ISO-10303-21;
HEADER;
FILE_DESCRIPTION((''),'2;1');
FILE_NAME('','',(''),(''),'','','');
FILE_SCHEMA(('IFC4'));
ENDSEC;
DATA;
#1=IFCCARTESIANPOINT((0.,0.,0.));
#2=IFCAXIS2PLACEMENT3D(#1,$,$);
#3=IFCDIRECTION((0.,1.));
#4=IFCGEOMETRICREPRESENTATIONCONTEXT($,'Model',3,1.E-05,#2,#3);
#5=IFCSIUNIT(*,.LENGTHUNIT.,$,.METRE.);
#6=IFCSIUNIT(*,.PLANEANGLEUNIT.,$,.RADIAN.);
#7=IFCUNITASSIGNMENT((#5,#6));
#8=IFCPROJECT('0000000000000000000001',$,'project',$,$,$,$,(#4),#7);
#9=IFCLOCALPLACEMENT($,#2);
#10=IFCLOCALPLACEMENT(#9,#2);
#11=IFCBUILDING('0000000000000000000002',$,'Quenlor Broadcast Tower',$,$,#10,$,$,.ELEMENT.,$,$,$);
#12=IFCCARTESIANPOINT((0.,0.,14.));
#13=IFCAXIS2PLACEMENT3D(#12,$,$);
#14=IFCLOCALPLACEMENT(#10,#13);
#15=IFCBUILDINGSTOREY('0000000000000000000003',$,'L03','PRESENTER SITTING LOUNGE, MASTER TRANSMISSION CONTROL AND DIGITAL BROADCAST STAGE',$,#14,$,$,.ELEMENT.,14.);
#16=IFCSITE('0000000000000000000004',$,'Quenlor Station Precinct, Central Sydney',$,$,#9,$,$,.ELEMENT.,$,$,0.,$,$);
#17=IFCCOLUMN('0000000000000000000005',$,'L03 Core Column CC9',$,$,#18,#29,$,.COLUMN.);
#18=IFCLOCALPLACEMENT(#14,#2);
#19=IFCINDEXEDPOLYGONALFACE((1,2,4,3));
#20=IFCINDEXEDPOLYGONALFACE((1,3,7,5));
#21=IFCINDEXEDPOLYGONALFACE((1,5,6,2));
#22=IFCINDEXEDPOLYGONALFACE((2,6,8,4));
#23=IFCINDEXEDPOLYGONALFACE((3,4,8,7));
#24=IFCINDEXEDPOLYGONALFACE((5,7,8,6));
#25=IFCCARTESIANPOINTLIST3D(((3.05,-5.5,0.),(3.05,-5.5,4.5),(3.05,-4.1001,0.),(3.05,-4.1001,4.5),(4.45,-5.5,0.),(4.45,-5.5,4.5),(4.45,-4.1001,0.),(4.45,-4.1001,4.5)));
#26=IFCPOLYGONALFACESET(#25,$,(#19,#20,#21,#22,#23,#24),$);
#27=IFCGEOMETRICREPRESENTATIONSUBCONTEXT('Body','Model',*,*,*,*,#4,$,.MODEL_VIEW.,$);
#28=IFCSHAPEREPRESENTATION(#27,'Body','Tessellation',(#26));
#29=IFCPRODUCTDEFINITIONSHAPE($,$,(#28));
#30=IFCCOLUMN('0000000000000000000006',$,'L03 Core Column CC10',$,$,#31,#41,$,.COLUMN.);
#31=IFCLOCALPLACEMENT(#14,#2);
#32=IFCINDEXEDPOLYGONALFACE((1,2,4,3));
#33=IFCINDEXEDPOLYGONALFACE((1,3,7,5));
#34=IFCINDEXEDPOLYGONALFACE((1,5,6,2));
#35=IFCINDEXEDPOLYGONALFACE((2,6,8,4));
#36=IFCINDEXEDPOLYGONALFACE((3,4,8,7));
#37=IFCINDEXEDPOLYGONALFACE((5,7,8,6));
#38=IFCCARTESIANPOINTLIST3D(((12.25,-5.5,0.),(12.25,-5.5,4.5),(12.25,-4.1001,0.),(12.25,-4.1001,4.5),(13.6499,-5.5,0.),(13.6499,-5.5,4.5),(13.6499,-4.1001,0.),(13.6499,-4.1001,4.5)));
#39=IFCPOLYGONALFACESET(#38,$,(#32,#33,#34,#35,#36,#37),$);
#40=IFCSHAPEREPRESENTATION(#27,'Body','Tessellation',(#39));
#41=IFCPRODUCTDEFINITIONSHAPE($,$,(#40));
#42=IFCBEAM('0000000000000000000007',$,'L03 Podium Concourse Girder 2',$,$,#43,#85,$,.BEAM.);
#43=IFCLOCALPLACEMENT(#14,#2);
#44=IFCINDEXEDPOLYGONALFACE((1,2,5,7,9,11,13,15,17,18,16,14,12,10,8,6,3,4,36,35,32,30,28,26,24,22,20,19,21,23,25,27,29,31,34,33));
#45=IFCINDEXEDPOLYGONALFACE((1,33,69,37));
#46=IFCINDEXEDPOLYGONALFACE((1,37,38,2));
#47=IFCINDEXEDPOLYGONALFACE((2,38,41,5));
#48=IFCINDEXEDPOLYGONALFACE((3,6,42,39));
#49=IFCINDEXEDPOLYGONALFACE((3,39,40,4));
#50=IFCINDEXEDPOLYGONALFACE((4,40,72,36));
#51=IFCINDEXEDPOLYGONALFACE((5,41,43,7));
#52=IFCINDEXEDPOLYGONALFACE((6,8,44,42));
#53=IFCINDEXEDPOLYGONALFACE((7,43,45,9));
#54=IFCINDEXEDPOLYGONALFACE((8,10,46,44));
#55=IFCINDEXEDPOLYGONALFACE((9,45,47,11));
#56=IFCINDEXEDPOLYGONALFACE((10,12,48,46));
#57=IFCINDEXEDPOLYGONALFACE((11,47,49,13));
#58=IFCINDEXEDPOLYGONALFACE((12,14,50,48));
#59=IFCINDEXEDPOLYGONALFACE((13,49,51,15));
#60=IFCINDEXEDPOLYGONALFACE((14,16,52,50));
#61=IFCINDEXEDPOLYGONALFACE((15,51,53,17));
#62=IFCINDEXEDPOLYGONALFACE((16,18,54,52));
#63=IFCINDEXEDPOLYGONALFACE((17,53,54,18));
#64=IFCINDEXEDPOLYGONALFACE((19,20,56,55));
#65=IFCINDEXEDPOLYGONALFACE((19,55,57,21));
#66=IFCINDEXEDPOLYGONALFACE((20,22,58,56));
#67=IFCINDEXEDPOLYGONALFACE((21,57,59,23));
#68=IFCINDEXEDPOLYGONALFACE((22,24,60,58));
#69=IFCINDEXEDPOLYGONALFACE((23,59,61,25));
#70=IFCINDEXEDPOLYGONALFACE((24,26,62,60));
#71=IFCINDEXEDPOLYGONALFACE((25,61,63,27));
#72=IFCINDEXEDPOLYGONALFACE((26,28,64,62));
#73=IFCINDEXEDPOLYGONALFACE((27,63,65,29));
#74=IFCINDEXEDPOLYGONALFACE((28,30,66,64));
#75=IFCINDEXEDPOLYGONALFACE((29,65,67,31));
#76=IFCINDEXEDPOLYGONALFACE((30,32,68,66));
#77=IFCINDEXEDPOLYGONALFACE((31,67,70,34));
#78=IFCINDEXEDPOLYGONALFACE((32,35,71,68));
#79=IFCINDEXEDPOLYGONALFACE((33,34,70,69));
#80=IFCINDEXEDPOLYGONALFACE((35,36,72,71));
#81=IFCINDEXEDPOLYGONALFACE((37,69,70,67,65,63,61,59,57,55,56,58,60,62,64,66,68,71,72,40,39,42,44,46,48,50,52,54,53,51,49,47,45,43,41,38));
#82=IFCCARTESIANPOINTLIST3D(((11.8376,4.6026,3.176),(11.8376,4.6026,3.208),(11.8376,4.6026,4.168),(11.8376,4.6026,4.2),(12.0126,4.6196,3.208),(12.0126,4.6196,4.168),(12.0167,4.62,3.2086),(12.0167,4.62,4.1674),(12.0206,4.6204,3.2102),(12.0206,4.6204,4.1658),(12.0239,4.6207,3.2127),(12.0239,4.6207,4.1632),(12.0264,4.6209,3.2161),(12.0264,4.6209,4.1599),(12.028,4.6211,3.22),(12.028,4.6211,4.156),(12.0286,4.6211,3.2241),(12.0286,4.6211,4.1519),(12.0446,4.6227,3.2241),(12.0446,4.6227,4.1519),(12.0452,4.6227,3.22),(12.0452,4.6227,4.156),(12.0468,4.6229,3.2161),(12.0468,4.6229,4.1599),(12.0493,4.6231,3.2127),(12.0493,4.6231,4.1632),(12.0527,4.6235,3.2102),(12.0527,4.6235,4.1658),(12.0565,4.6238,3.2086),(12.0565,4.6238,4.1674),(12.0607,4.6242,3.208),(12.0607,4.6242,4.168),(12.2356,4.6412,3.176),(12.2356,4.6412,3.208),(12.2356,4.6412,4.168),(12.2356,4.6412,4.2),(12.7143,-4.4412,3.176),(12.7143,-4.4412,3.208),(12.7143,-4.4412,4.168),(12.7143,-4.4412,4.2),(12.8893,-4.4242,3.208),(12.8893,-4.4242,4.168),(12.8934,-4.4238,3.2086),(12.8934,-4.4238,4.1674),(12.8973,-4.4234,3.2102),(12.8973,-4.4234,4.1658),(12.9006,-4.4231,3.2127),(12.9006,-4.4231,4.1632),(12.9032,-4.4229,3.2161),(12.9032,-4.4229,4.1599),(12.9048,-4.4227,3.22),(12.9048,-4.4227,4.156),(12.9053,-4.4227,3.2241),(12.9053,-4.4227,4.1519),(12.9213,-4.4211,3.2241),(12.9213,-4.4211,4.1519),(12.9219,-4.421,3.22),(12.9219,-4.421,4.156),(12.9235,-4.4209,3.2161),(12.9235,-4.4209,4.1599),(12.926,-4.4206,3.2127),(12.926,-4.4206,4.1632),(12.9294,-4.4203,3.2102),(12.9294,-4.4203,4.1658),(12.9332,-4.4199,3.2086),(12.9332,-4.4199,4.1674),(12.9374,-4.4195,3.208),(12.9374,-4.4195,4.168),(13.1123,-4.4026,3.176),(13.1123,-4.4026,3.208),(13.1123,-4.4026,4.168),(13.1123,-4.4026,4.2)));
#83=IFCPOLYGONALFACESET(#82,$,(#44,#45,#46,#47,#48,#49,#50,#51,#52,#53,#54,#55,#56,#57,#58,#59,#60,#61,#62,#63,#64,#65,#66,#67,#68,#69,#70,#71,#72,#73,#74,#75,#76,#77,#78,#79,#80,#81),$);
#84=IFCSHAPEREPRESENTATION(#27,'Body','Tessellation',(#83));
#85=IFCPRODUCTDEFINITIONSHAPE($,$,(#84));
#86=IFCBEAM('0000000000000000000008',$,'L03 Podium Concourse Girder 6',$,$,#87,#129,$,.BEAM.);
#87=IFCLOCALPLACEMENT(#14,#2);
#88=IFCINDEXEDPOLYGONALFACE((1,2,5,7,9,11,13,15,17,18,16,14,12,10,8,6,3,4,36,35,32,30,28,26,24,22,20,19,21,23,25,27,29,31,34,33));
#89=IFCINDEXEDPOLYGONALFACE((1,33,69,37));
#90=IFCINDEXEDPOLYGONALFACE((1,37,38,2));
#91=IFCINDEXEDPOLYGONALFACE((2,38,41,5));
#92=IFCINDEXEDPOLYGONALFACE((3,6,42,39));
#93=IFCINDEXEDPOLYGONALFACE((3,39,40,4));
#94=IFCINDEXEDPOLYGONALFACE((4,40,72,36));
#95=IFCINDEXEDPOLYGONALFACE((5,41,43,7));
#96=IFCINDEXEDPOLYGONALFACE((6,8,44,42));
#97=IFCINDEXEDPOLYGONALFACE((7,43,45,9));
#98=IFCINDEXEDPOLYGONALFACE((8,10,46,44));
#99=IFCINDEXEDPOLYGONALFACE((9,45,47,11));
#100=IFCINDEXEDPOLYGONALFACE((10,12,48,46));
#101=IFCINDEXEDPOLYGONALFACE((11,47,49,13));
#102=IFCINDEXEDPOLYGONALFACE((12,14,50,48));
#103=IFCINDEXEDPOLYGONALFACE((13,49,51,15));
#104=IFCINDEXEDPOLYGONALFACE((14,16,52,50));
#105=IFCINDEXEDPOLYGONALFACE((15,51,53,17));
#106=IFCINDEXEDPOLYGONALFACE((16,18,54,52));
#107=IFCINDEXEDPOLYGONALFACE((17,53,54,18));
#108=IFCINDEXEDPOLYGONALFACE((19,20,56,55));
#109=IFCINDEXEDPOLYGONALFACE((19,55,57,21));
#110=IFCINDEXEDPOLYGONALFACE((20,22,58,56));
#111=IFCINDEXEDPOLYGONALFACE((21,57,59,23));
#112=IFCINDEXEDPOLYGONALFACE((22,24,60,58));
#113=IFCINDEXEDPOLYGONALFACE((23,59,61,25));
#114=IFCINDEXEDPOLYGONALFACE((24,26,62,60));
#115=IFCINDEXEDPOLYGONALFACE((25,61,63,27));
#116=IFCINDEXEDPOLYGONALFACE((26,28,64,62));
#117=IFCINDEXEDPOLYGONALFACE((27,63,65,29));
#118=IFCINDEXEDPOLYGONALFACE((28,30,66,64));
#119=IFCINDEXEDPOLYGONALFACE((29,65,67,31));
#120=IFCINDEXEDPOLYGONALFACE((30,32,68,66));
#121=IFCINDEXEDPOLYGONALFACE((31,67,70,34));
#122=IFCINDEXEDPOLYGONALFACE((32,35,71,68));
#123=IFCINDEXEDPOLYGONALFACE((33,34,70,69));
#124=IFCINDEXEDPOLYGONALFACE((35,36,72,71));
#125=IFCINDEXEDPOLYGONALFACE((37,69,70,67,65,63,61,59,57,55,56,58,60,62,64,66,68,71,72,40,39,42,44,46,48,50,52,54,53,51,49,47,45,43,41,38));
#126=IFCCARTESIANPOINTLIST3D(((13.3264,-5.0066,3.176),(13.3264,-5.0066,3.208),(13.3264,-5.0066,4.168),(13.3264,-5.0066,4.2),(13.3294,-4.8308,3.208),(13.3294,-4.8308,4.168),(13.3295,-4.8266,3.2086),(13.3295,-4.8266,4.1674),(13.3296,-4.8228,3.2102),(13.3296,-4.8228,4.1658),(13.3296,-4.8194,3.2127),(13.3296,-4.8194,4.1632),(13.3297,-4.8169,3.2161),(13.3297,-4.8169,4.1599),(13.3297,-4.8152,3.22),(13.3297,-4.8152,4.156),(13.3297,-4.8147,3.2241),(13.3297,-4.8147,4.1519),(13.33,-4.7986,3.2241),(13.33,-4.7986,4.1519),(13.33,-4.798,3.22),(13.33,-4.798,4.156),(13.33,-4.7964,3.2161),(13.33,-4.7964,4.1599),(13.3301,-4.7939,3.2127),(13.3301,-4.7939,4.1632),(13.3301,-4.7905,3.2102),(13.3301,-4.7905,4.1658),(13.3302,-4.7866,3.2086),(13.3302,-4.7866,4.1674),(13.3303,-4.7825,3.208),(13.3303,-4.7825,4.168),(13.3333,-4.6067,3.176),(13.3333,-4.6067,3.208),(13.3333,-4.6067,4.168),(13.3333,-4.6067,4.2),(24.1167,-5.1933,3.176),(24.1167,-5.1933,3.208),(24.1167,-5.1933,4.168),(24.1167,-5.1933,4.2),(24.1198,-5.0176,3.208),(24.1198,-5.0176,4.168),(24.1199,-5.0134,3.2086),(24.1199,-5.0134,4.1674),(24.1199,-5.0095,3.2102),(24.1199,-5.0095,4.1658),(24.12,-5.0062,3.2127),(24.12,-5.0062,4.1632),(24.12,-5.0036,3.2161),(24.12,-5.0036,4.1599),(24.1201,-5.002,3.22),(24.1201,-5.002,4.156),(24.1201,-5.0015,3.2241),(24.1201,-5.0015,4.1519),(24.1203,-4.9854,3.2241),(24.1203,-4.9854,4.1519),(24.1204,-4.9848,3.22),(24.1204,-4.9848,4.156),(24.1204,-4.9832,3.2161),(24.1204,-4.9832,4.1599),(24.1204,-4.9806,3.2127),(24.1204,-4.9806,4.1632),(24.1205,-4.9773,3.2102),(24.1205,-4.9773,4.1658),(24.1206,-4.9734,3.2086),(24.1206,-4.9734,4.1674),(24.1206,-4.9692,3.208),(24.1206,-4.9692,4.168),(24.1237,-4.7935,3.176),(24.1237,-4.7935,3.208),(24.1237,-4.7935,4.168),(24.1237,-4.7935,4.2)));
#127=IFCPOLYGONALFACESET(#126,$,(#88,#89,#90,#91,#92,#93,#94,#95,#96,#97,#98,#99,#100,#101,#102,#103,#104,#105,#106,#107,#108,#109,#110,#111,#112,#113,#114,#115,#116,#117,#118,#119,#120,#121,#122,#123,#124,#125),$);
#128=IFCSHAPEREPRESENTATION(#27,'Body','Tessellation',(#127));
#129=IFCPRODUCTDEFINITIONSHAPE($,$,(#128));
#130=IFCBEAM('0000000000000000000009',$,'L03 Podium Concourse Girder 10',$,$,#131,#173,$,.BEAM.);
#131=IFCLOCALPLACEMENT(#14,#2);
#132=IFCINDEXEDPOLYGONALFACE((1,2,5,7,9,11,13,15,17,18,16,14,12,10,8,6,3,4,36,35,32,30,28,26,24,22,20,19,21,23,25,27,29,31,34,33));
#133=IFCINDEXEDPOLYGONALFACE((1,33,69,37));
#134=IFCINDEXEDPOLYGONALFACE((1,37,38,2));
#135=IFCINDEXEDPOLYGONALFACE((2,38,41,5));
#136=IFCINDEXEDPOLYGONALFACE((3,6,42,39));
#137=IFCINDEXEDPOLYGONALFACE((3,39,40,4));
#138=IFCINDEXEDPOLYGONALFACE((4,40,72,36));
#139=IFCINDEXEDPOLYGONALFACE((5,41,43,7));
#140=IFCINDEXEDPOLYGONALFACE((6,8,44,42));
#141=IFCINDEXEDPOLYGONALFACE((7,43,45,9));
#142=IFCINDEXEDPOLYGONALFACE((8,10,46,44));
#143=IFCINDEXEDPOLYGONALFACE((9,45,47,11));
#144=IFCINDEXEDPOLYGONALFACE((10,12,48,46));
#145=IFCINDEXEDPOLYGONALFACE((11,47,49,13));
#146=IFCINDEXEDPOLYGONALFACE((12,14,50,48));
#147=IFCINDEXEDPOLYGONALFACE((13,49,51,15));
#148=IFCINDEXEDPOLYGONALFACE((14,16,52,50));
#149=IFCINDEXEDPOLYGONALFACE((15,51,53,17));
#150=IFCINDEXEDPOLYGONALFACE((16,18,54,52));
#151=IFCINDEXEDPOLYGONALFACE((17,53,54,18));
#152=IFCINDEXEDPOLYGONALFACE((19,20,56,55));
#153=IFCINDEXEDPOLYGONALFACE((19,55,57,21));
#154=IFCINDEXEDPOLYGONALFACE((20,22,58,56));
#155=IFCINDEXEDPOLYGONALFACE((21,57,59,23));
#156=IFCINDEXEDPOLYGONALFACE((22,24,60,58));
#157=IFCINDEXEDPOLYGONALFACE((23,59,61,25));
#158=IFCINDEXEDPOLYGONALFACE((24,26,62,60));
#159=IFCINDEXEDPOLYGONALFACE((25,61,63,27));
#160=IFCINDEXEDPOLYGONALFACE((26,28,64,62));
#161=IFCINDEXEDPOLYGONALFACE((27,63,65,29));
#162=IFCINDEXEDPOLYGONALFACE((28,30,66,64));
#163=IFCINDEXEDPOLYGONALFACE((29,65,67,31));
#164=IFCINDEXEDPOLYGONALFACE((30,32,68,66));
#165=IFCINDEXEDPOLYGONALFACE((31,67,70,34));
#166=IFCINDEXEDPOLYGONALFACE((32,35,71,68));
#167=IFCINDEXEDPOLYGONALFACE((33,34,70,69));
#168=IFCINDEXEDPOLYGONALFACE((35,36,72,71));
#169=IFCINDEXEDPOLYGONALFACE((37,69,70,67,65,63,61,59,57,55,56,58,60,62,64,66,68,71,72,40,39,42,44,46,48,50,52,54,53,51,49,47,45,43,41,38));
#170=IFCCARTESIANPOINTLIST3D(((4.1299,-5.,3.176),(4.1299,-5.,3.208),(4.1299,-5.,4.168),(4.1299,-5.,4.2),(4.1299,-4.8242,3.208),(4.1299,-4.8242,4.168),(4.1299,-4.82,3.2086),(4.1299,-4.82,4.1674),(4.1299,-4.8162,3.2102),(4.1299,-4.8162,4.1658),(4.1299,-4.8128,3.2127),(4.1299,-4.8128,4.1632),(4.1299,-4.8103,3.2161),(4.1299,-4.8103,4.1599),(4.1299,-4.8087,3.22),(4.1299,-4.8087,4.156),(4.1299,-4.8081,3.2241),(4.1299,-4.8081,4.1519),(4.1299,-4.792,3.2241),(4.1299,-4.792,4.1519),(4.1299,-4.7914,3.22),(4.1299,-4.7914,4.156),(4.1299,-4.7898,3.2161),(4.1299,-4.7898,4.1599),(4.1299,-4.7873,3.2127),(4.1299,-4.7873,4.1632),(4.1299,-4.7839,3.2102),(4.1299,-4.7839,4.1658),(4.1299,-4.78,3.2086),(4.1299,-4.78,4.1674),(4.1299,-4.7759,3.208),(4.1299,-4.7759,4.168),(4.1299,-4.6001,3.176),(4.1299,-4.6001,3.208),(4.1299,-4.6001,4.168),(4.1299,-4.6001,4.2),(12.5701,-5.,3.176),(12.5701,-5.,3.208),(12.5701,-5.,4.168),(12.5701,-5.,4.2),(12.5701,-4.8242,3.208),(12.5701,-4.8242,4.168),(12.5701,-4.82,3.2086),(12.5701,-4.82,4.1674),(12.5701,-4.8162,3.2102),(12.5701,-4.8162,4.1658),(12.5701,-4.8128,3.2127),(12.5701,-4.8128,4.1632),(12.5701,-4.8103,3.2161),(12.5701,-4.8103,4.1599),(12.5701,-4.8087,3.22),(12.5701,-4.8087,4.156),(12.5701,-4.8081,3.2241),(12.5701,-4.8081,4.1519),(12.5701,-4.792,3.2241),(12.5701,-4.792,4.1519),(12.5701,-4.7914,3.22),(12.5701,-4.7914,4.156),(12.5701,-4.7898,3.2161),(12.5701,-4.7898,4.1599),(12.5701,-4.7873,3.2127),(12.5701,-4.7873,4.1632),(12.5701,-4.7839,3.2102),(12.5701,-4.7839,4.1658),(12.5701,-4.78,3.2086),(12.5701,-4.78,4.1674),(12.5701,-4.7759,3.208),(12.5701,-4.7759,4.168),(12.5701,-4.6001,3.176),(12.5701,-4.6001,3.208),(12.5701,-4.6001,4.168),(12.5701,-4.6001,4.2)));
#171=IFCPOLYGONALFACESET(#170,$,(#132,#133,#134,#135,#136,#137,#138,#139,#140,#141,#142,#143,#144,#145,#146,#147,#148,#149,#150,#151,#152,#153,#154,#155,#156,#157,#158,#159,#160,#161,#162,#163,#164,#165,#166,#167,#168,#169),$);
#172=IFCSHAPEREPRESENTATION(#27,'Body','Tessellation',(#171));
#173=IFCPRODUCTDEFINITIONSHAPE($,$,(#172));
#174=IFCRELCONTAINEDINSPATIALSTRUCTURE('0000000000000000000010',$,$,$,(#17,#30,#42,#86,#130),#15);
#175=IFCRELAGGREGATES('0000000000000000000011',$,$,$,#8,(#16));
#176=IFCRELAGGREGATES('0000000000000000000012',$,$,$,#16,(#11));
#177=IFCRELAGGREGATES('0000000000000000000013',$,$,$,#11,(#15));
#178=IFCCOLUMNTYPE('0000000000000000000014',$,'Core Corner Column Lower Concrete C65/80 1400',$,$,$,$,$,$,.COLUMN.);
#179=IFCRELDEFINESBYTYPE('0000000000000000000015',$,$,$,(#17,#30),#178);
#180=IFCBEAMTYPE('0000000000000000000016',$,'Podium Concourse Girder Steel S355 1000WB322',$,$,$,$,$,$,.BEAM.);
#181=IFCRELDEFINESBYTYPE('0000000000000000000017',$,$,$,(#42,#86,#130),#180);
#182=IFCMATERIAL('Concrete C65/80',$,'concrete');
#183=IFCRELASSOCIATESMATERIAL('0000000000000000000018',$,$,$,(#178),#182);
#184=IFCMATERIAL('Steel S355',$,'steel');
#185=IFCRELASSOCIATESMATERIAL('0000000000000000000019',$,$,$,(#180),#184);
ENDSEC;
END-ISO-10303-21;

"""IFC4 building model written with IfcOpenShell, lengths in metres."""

from ifc_helpers import new_model, si_unit, direction, frame, origin, origin_2d, place, context, subcontext, project, spatial, rectangle, i_section, extrude, material, material_profile, profile_set, type_object, element, save


model = new_model("IFC4")

# Units and contexts
model_context = context("Model", 3, precision=1e-05, world=origin(), true_north=direction((0.0, 1.0)))
body_context = subcontext(model_context, "Body", "Model", "MODEL_VIEW")
ifc_project = project(units=[si_unit("LENGTHUNIT", "METRE"), si_unit("PLANEANGLEUNIT", "RADIAN")], contexts=[model_context])

# Site, building, storey
site_placement = place(None, origin())
site = spatial("IfcSite", under=ifc_project, at=site_placement, Name="Quenlor Station Precinct, Central Sydney", CompositionType="ELEMENT", RefElevation=0.0)
building_placement = place(site_placement, origin())
building = spatial("IfcBuilding", under=site, at=building_placement, Name="Quenlor Broadcast Tower", CompositionType="ELEMENT")
storey_placement = place(building_placement, frame((0.0, 0.0, 14.0)))
storey = spatial("IfcBuildingStorey", under=building, at=storey_placement, Name="L03", Description="PRESENTER SITTING LOUNGE, MASTER TRANSMISSION CONTROL AND DIGITAL BROADCAST STAGE", CompositionType="ELEMENT", Elevation=14.0)

# Columns
ifc_material_1 = material(Name="Concrete C65/80", Category="concrete")
ifc_material_profile_1 = material_profile(ifc_material_1, rectangle(XDim=1.3999, YDim=1.3999, at=origin_2d()))
ifc_profile_set_1 = profile_set([ifc_material_profile_1], Name="Concrete C65/80 RC1400x1400")
column_type = type_object("IfcColumnType", Name="Core Corner Column Lower Concrete C65/80 1400", PredefinedType="COLUMN", material=ifc_profile_set_1)
for number, where, z_axis, x_axis, name in (
    (1, (3.75, -4.8, 0.0), (0.0, 0.0, 1.0), (1.0, 0.0, 0.0), "L03 Core Column CC9"),
    (2, (12.95, -4.8, 0.0), (0.0, 0.0, 1.0), (1.0, 0.0, 0.0), "L03 Core Column CC10"),
):
    element("IfcColumn", number, at=place(storey_placement, frame(where, z_axis=z_axis, x_axis=x_axis)), inside=storey, type_object=column_type, Name=name, PredefinedType="COLUMN", context=body_context, shape_type="SweptSolid", body=[
        extrude(rectangle(XDim=1.3999, YDim=1.3999, at=origin_2d()), origin(), (0.0, 0.0, 1.0), 4.5),
    ])

# Beams
ifc_material_2 = material(Name="Steel S355", Category="steel")
ifc_material_profile_2 = material_profile(ifc_material_2, i_section(OverallWidth=0.3999, OverallDepth=1.0239, WebThickness=0.0161, FlangeThickness=0.032, FilletRadius=0.0161, at=origin_2d()))
ifc_profile_set_2 = profile_set([ifc_material_profile_2], Name="Steel S355 1000WB322")
beam_type_1 = type_object("IfcBeamType", Name="Podium Concourse Girder Steel S355 1000WB322", PredefinedType="BEAM", material=ifc_profile_set_2)
beam_1_placement = place(storey_placement, frame((12.9133, -4.4219, 3.688), z_axis=(-0.096489, 0.995334, 0.0), x_axis=(-0.995334, -0.096489, 0.0)))
element("IfcBeam", 3, at=beam_1_placement, inside=storey, type_object=beam_type_1, Name="L03 Podium Concourse Girder 2", PredefinedType="BEAM", context=body_context, shape_type="SweptSolid", body=[
    extrude(i_section(OverallWidth=0.3999, OverallDepth=1.0239, WebThickness=0.0161, FlangeThickness=0.032, FilletRadius=0.0161, at=origin_2d()), origin(), (0.0, 0.0, 1.0), 9.0862),
])
beam_2_placement = place(storey_placement, frame((13.3298, -4.8066, 3.688), z_axis=(0.99985, -0.017306, 0.0), x_axis=(0.017306, 0.99985, 0.0)))
element("IfcBeam", 4, at=beam_2_placement, inside=storey, type_object=beam_type_1, Name="L03 Podium Concourse Girder 6", PredefinedType="BEAM", context=body_context, shape_type="SweptSolid", body=[
    extrude(i_section(OverallWidth=0.3999, OverallDepth=1.0239, WebThickness=0.0161, FlangeThickness=0.032, FilletRadius=0.0161, at=origin_2d()), origin(), (0.0, 0.0, 1.0), 10.792),
])
beam_3_placement = place(storey_placement, frame((4.1299, -4.8, 3.688), z_axis=(1.0, 0.0, 0.0), x_axis=(0.0, 1.0, 0.0)))
element("IfcBeam", 5, at=beam_3_placement, inside=storey, type_object=beam_type_1, Name="L03 Podium Concourse Girder 10", PredefinedType="BEAM", context=body_context, shape_type="SweptSolid", body=[
    extrude(i_section(OverallWidth=0.3999, OverallDepth=1.0239, WebThickness=0.0161, FlangeThickness=0.032, FilletRadius=0.0161, at=origin_2d()), origin(), (0.0, 0.0, 1.0), 8.4402),
])

save(model, "model.ifc")
